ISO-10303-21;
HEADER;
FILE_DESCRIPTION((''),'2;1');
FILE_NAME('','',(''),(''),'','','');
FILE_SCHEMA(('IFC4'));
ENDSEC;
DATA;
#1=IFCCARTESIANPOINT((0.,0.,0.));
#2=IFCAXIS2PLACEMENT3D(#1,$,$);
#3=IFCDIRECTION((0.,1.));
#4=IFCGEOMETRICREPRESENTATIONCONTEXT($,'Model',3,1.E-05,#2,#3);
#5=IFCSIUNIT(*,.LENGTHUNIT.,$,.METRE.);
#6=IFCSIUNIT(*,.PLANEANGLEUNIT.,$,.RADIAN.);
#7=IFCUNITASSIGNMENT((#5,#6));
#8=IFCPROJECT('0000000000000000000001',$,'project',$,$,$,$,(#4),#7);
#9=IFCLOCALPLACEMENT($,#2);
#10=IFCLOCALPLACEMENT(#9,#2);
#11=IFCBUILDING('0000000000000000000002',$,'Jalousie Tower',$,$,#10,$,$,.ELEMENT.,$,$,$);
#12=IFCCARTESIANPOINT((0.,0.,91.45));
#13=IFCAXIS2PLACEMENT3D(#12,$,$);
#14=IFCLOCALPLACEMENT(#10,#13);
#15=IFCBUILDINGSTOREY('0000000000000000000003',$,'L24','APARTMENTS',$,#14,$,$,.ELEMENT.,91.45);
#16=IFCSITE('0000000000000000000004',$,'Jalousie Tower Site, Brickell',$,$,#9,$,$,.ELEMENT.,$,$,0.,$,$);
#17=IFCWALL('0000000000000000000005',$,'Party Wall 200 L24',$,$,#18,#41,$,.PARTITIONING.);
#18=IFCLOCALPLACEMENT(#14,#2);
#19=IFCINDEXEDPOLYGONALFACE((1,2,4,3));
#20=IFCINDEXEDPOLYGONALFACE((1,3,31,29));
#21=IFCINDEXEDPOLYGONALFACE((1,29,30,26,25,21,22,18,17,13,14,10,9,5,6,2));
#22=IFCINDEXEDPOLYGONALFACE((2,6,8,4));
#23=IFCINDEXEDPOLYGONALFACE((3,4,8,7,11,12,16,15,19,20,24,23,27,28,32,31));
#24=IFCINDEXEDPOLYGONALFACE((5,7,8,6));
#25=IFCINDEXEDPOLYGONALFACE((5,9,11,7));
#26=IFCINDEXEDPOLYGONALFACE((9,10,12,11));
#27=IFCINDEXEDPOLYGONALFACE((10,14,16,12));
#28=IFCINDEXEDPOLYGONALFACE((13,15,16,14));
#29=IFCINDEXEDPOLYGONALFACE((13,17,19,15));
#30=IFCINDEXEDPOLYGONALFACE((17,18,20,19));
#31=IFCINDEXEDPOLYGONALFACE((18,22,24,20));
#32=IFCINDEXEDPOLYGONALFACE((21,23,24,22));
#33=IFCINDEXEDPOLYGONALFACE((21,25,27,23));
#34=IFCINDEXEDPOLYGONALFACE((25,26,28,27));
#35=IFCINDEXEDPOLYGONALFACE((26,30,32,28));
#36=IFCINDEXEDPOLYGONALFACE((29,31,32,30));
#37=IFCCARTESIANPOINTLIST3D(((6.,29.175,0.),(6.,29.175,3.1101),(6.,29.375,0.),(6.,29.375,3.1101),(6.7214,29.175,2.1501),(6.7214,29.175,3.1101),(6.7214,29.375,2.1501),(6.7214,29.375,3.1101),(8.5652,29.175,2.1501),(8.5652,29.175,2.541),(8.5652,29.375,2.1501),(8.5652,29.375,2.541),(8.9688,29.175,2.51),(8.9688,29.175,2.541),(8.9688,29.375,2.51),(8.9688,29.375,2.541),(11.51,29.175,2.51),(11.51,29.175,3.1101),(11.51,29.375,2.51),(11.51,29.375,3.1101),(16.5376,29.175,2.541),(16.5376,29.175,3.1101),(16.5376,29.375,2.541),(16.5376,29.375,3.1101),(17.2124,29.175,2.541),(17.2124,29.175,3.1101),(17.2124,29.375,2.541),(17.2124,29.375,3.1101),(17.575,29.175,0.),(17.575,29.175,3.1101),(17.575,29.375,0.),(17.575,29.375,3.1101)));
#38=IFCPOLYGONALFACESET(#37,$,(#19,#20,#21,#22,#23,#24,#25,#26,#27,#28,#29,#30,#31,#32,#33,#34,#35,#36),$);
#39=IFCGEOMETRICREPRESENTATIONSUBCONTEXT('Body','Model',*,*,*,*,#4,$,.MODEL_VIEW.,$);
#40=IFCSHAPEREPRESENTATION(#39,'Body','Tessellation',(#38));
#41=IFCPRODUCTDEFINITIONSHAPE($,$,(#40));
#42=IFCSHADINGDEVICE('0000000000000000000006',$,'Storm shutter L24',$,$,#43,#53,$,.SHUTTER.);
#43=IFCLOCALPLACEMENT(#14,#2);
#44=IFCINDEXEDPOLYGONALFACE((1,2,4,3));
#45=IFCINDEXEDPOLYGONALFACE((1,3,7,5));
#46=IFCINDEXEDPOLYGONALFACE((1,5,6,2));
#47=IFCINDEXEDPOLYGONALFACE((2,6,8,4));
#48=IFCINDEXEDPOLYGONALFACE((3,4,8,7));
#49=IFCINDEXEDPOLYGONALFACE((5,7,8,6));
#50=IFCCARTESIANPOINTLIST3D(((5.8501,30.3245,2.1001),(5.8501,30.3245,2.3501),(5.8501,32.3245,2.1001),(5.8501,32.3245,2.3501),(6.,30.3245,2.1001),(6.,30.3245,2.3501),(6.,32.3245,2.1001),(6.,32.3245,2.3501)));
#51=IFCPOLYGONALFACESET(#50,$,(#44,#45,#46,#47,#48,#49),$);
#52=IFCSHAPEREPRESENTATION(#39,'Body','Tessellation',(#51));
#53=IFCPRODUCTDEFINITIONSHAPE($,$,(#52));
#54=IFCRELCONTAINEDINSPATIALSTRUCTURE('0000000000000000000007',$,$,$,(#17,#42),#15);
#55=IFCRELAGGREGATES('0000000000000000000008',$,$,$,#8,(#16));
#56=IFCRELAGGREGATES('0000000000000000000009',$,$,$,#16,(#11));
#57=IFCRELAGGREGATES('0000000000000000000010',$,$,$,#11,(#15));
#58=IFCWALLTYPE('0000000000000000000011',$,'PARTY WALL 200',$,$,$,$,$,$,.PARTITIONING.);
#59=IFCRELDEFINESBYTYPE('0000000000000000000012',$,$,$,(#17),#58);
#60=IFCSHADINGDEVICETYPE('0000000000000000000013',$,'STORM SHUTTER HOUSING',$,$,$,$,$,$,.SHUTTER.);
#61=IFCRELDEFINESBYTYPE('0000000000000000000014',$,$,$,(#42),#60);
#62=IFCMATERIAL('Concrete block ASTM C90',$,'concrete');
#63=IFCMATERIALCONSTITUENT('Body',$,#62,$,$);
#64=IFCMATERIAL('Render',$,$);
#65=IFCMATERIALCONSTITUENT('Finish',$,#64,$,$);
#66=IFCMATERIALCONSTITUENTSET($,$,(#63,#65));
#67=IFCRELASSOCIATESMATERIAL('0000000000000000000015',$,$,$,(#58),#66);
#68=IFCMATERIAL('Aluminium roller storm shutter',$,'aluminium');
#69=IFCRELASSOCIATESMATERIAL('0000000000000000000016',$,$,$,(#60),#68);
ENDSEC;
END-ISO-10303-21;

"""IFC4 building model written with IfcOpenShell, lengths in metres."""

from ifc_helpers import new_model, si_unit, direction, frame, origin, origin_2d, place, context, subcontext, project, spatial, polyline, rectangle, outline, extrude, material, constituent, constituent_set, type_object, element, save


model = new_model("IFC4")

# Units and contexts
model_context = context("Model", 3, precision=1e-05, world=origin(), true_north=direction((0.0, 1.0)))
body_context = subcontext(model_context, "Body", "Model", "MODEL_VIEW")
ifc_project = project(units=[si_unit("LENGTHUNIT", "METRE"), si_unit("PLANEANGLEUNIT", "RADIAN")], contexts=[model_context])

# Site, building, storey
site_placement = place(None, origin())
site = spatial("IfcSite", under=ifc_project, at=site_placement, Name="Jalousie Tower Site, Brickell", CompositionType="ELEMENT", RefElevation=0.0)
building_placement = place(site_placement, origin())
building = spatial("IfcBuilding", under=site, at=building_placement, Name="Jalousie Tower", CompositionType="ELEMENT")
storey_placement = place(building_placement, frame((0.0, 0.0, 91.45)))
storey = spatial("IfcBuildingStorey", under=building, at=storey_placement, Name="L24", Description="APARTMENTS", CompositionType="ELEMENT", Elevation=91.45)

# Wall
ifc_material_1 = material(Name="Concrete block ASTM C90", Category="concrete")
ifc_constituent_1 = constituent(ifc_material_1, Name="Body")
ifc_material_2 = material(Name="Render")
ifc_constituent_2 = constituent(ifc_material_2, Name="Finish")
ifc_constituent_set_1 = constituent_set(constituents=[ifc_constituent_1, ifc_constituent_2])
wall_type_1 = type_object("IfcWallType", Name="PARTY WALL 200", PredefinedType="PARTITIONING", material=ifc_constituent_set_1)
wall_1_placement = place(storey_placement, frame((6.0, 29.2749, 0.0), z_axis=(0.0, 0.0, 1.0), x_axis=(1.0, 0.0, 0.0)))
element("IfcWall", 1, at=wall_1_placement, inside=storey, type_object=wall_type_1, Name="Party Wall 200 L24", PredefinedType="PARTITIONING", context=body_context, shape_type="SweptSolid", body=[
    extrude(outline(polyline([(0.0, 0.0), (11.575, 0.0), (11.575, 3.1101), (11.2124, 3.1101), (11.2124, 2.541), (10.5376, 2.541), (10.5376, 3.1101), (5.51, 3.1101), (5.51, 2.51), (2.9688, 2.51), (2.9688, 2.541), (2.5652, 2.541), (2.5652, 2.1501), (0.7214, 2.1501), (0.7214, 3.1101), (0.0, 3.1101), (0.0, 0.0)])), frame((0.0, 0.1001, 0.0), z_axis=(0.0, -1.0, 0.0), x_axis=(1.0, 0.0, 0.0)), (0.0, 0.0, 1.0), 0.2),
])

# Shading device
ifc_material_3 = material(Name="Aluminium roller storm shutter", Category="aluminium")
shading_device_type = type_object("IfcShadingDeviceType", Name="STORM SHUTTER HOUSING", PredefinedType="SHUTTER", material=ifc_material_3)
shading_device_placement = place(storey_placement, frame((5.925, 31.3245, 2.1001), z_axis=(0.0, 0.0, 1.0), x_axis=(0.0, -1.0, 0.0)))
element("IfcShadingDevice", 2, at=shading_device_placement, inside=storey, type_object=shading_device_type, Name="Storm shutter L24", PredefinedType="SHUTTER", context=body_context, shape_type="SweptSolid", body=[
    extrude(rectangle(XDim=2.0, YDim=0.1499, at=origin_2d()), origin(), (0.0, 0.0, 1.0), 0.25),
])

save(model, "model.ifc")
